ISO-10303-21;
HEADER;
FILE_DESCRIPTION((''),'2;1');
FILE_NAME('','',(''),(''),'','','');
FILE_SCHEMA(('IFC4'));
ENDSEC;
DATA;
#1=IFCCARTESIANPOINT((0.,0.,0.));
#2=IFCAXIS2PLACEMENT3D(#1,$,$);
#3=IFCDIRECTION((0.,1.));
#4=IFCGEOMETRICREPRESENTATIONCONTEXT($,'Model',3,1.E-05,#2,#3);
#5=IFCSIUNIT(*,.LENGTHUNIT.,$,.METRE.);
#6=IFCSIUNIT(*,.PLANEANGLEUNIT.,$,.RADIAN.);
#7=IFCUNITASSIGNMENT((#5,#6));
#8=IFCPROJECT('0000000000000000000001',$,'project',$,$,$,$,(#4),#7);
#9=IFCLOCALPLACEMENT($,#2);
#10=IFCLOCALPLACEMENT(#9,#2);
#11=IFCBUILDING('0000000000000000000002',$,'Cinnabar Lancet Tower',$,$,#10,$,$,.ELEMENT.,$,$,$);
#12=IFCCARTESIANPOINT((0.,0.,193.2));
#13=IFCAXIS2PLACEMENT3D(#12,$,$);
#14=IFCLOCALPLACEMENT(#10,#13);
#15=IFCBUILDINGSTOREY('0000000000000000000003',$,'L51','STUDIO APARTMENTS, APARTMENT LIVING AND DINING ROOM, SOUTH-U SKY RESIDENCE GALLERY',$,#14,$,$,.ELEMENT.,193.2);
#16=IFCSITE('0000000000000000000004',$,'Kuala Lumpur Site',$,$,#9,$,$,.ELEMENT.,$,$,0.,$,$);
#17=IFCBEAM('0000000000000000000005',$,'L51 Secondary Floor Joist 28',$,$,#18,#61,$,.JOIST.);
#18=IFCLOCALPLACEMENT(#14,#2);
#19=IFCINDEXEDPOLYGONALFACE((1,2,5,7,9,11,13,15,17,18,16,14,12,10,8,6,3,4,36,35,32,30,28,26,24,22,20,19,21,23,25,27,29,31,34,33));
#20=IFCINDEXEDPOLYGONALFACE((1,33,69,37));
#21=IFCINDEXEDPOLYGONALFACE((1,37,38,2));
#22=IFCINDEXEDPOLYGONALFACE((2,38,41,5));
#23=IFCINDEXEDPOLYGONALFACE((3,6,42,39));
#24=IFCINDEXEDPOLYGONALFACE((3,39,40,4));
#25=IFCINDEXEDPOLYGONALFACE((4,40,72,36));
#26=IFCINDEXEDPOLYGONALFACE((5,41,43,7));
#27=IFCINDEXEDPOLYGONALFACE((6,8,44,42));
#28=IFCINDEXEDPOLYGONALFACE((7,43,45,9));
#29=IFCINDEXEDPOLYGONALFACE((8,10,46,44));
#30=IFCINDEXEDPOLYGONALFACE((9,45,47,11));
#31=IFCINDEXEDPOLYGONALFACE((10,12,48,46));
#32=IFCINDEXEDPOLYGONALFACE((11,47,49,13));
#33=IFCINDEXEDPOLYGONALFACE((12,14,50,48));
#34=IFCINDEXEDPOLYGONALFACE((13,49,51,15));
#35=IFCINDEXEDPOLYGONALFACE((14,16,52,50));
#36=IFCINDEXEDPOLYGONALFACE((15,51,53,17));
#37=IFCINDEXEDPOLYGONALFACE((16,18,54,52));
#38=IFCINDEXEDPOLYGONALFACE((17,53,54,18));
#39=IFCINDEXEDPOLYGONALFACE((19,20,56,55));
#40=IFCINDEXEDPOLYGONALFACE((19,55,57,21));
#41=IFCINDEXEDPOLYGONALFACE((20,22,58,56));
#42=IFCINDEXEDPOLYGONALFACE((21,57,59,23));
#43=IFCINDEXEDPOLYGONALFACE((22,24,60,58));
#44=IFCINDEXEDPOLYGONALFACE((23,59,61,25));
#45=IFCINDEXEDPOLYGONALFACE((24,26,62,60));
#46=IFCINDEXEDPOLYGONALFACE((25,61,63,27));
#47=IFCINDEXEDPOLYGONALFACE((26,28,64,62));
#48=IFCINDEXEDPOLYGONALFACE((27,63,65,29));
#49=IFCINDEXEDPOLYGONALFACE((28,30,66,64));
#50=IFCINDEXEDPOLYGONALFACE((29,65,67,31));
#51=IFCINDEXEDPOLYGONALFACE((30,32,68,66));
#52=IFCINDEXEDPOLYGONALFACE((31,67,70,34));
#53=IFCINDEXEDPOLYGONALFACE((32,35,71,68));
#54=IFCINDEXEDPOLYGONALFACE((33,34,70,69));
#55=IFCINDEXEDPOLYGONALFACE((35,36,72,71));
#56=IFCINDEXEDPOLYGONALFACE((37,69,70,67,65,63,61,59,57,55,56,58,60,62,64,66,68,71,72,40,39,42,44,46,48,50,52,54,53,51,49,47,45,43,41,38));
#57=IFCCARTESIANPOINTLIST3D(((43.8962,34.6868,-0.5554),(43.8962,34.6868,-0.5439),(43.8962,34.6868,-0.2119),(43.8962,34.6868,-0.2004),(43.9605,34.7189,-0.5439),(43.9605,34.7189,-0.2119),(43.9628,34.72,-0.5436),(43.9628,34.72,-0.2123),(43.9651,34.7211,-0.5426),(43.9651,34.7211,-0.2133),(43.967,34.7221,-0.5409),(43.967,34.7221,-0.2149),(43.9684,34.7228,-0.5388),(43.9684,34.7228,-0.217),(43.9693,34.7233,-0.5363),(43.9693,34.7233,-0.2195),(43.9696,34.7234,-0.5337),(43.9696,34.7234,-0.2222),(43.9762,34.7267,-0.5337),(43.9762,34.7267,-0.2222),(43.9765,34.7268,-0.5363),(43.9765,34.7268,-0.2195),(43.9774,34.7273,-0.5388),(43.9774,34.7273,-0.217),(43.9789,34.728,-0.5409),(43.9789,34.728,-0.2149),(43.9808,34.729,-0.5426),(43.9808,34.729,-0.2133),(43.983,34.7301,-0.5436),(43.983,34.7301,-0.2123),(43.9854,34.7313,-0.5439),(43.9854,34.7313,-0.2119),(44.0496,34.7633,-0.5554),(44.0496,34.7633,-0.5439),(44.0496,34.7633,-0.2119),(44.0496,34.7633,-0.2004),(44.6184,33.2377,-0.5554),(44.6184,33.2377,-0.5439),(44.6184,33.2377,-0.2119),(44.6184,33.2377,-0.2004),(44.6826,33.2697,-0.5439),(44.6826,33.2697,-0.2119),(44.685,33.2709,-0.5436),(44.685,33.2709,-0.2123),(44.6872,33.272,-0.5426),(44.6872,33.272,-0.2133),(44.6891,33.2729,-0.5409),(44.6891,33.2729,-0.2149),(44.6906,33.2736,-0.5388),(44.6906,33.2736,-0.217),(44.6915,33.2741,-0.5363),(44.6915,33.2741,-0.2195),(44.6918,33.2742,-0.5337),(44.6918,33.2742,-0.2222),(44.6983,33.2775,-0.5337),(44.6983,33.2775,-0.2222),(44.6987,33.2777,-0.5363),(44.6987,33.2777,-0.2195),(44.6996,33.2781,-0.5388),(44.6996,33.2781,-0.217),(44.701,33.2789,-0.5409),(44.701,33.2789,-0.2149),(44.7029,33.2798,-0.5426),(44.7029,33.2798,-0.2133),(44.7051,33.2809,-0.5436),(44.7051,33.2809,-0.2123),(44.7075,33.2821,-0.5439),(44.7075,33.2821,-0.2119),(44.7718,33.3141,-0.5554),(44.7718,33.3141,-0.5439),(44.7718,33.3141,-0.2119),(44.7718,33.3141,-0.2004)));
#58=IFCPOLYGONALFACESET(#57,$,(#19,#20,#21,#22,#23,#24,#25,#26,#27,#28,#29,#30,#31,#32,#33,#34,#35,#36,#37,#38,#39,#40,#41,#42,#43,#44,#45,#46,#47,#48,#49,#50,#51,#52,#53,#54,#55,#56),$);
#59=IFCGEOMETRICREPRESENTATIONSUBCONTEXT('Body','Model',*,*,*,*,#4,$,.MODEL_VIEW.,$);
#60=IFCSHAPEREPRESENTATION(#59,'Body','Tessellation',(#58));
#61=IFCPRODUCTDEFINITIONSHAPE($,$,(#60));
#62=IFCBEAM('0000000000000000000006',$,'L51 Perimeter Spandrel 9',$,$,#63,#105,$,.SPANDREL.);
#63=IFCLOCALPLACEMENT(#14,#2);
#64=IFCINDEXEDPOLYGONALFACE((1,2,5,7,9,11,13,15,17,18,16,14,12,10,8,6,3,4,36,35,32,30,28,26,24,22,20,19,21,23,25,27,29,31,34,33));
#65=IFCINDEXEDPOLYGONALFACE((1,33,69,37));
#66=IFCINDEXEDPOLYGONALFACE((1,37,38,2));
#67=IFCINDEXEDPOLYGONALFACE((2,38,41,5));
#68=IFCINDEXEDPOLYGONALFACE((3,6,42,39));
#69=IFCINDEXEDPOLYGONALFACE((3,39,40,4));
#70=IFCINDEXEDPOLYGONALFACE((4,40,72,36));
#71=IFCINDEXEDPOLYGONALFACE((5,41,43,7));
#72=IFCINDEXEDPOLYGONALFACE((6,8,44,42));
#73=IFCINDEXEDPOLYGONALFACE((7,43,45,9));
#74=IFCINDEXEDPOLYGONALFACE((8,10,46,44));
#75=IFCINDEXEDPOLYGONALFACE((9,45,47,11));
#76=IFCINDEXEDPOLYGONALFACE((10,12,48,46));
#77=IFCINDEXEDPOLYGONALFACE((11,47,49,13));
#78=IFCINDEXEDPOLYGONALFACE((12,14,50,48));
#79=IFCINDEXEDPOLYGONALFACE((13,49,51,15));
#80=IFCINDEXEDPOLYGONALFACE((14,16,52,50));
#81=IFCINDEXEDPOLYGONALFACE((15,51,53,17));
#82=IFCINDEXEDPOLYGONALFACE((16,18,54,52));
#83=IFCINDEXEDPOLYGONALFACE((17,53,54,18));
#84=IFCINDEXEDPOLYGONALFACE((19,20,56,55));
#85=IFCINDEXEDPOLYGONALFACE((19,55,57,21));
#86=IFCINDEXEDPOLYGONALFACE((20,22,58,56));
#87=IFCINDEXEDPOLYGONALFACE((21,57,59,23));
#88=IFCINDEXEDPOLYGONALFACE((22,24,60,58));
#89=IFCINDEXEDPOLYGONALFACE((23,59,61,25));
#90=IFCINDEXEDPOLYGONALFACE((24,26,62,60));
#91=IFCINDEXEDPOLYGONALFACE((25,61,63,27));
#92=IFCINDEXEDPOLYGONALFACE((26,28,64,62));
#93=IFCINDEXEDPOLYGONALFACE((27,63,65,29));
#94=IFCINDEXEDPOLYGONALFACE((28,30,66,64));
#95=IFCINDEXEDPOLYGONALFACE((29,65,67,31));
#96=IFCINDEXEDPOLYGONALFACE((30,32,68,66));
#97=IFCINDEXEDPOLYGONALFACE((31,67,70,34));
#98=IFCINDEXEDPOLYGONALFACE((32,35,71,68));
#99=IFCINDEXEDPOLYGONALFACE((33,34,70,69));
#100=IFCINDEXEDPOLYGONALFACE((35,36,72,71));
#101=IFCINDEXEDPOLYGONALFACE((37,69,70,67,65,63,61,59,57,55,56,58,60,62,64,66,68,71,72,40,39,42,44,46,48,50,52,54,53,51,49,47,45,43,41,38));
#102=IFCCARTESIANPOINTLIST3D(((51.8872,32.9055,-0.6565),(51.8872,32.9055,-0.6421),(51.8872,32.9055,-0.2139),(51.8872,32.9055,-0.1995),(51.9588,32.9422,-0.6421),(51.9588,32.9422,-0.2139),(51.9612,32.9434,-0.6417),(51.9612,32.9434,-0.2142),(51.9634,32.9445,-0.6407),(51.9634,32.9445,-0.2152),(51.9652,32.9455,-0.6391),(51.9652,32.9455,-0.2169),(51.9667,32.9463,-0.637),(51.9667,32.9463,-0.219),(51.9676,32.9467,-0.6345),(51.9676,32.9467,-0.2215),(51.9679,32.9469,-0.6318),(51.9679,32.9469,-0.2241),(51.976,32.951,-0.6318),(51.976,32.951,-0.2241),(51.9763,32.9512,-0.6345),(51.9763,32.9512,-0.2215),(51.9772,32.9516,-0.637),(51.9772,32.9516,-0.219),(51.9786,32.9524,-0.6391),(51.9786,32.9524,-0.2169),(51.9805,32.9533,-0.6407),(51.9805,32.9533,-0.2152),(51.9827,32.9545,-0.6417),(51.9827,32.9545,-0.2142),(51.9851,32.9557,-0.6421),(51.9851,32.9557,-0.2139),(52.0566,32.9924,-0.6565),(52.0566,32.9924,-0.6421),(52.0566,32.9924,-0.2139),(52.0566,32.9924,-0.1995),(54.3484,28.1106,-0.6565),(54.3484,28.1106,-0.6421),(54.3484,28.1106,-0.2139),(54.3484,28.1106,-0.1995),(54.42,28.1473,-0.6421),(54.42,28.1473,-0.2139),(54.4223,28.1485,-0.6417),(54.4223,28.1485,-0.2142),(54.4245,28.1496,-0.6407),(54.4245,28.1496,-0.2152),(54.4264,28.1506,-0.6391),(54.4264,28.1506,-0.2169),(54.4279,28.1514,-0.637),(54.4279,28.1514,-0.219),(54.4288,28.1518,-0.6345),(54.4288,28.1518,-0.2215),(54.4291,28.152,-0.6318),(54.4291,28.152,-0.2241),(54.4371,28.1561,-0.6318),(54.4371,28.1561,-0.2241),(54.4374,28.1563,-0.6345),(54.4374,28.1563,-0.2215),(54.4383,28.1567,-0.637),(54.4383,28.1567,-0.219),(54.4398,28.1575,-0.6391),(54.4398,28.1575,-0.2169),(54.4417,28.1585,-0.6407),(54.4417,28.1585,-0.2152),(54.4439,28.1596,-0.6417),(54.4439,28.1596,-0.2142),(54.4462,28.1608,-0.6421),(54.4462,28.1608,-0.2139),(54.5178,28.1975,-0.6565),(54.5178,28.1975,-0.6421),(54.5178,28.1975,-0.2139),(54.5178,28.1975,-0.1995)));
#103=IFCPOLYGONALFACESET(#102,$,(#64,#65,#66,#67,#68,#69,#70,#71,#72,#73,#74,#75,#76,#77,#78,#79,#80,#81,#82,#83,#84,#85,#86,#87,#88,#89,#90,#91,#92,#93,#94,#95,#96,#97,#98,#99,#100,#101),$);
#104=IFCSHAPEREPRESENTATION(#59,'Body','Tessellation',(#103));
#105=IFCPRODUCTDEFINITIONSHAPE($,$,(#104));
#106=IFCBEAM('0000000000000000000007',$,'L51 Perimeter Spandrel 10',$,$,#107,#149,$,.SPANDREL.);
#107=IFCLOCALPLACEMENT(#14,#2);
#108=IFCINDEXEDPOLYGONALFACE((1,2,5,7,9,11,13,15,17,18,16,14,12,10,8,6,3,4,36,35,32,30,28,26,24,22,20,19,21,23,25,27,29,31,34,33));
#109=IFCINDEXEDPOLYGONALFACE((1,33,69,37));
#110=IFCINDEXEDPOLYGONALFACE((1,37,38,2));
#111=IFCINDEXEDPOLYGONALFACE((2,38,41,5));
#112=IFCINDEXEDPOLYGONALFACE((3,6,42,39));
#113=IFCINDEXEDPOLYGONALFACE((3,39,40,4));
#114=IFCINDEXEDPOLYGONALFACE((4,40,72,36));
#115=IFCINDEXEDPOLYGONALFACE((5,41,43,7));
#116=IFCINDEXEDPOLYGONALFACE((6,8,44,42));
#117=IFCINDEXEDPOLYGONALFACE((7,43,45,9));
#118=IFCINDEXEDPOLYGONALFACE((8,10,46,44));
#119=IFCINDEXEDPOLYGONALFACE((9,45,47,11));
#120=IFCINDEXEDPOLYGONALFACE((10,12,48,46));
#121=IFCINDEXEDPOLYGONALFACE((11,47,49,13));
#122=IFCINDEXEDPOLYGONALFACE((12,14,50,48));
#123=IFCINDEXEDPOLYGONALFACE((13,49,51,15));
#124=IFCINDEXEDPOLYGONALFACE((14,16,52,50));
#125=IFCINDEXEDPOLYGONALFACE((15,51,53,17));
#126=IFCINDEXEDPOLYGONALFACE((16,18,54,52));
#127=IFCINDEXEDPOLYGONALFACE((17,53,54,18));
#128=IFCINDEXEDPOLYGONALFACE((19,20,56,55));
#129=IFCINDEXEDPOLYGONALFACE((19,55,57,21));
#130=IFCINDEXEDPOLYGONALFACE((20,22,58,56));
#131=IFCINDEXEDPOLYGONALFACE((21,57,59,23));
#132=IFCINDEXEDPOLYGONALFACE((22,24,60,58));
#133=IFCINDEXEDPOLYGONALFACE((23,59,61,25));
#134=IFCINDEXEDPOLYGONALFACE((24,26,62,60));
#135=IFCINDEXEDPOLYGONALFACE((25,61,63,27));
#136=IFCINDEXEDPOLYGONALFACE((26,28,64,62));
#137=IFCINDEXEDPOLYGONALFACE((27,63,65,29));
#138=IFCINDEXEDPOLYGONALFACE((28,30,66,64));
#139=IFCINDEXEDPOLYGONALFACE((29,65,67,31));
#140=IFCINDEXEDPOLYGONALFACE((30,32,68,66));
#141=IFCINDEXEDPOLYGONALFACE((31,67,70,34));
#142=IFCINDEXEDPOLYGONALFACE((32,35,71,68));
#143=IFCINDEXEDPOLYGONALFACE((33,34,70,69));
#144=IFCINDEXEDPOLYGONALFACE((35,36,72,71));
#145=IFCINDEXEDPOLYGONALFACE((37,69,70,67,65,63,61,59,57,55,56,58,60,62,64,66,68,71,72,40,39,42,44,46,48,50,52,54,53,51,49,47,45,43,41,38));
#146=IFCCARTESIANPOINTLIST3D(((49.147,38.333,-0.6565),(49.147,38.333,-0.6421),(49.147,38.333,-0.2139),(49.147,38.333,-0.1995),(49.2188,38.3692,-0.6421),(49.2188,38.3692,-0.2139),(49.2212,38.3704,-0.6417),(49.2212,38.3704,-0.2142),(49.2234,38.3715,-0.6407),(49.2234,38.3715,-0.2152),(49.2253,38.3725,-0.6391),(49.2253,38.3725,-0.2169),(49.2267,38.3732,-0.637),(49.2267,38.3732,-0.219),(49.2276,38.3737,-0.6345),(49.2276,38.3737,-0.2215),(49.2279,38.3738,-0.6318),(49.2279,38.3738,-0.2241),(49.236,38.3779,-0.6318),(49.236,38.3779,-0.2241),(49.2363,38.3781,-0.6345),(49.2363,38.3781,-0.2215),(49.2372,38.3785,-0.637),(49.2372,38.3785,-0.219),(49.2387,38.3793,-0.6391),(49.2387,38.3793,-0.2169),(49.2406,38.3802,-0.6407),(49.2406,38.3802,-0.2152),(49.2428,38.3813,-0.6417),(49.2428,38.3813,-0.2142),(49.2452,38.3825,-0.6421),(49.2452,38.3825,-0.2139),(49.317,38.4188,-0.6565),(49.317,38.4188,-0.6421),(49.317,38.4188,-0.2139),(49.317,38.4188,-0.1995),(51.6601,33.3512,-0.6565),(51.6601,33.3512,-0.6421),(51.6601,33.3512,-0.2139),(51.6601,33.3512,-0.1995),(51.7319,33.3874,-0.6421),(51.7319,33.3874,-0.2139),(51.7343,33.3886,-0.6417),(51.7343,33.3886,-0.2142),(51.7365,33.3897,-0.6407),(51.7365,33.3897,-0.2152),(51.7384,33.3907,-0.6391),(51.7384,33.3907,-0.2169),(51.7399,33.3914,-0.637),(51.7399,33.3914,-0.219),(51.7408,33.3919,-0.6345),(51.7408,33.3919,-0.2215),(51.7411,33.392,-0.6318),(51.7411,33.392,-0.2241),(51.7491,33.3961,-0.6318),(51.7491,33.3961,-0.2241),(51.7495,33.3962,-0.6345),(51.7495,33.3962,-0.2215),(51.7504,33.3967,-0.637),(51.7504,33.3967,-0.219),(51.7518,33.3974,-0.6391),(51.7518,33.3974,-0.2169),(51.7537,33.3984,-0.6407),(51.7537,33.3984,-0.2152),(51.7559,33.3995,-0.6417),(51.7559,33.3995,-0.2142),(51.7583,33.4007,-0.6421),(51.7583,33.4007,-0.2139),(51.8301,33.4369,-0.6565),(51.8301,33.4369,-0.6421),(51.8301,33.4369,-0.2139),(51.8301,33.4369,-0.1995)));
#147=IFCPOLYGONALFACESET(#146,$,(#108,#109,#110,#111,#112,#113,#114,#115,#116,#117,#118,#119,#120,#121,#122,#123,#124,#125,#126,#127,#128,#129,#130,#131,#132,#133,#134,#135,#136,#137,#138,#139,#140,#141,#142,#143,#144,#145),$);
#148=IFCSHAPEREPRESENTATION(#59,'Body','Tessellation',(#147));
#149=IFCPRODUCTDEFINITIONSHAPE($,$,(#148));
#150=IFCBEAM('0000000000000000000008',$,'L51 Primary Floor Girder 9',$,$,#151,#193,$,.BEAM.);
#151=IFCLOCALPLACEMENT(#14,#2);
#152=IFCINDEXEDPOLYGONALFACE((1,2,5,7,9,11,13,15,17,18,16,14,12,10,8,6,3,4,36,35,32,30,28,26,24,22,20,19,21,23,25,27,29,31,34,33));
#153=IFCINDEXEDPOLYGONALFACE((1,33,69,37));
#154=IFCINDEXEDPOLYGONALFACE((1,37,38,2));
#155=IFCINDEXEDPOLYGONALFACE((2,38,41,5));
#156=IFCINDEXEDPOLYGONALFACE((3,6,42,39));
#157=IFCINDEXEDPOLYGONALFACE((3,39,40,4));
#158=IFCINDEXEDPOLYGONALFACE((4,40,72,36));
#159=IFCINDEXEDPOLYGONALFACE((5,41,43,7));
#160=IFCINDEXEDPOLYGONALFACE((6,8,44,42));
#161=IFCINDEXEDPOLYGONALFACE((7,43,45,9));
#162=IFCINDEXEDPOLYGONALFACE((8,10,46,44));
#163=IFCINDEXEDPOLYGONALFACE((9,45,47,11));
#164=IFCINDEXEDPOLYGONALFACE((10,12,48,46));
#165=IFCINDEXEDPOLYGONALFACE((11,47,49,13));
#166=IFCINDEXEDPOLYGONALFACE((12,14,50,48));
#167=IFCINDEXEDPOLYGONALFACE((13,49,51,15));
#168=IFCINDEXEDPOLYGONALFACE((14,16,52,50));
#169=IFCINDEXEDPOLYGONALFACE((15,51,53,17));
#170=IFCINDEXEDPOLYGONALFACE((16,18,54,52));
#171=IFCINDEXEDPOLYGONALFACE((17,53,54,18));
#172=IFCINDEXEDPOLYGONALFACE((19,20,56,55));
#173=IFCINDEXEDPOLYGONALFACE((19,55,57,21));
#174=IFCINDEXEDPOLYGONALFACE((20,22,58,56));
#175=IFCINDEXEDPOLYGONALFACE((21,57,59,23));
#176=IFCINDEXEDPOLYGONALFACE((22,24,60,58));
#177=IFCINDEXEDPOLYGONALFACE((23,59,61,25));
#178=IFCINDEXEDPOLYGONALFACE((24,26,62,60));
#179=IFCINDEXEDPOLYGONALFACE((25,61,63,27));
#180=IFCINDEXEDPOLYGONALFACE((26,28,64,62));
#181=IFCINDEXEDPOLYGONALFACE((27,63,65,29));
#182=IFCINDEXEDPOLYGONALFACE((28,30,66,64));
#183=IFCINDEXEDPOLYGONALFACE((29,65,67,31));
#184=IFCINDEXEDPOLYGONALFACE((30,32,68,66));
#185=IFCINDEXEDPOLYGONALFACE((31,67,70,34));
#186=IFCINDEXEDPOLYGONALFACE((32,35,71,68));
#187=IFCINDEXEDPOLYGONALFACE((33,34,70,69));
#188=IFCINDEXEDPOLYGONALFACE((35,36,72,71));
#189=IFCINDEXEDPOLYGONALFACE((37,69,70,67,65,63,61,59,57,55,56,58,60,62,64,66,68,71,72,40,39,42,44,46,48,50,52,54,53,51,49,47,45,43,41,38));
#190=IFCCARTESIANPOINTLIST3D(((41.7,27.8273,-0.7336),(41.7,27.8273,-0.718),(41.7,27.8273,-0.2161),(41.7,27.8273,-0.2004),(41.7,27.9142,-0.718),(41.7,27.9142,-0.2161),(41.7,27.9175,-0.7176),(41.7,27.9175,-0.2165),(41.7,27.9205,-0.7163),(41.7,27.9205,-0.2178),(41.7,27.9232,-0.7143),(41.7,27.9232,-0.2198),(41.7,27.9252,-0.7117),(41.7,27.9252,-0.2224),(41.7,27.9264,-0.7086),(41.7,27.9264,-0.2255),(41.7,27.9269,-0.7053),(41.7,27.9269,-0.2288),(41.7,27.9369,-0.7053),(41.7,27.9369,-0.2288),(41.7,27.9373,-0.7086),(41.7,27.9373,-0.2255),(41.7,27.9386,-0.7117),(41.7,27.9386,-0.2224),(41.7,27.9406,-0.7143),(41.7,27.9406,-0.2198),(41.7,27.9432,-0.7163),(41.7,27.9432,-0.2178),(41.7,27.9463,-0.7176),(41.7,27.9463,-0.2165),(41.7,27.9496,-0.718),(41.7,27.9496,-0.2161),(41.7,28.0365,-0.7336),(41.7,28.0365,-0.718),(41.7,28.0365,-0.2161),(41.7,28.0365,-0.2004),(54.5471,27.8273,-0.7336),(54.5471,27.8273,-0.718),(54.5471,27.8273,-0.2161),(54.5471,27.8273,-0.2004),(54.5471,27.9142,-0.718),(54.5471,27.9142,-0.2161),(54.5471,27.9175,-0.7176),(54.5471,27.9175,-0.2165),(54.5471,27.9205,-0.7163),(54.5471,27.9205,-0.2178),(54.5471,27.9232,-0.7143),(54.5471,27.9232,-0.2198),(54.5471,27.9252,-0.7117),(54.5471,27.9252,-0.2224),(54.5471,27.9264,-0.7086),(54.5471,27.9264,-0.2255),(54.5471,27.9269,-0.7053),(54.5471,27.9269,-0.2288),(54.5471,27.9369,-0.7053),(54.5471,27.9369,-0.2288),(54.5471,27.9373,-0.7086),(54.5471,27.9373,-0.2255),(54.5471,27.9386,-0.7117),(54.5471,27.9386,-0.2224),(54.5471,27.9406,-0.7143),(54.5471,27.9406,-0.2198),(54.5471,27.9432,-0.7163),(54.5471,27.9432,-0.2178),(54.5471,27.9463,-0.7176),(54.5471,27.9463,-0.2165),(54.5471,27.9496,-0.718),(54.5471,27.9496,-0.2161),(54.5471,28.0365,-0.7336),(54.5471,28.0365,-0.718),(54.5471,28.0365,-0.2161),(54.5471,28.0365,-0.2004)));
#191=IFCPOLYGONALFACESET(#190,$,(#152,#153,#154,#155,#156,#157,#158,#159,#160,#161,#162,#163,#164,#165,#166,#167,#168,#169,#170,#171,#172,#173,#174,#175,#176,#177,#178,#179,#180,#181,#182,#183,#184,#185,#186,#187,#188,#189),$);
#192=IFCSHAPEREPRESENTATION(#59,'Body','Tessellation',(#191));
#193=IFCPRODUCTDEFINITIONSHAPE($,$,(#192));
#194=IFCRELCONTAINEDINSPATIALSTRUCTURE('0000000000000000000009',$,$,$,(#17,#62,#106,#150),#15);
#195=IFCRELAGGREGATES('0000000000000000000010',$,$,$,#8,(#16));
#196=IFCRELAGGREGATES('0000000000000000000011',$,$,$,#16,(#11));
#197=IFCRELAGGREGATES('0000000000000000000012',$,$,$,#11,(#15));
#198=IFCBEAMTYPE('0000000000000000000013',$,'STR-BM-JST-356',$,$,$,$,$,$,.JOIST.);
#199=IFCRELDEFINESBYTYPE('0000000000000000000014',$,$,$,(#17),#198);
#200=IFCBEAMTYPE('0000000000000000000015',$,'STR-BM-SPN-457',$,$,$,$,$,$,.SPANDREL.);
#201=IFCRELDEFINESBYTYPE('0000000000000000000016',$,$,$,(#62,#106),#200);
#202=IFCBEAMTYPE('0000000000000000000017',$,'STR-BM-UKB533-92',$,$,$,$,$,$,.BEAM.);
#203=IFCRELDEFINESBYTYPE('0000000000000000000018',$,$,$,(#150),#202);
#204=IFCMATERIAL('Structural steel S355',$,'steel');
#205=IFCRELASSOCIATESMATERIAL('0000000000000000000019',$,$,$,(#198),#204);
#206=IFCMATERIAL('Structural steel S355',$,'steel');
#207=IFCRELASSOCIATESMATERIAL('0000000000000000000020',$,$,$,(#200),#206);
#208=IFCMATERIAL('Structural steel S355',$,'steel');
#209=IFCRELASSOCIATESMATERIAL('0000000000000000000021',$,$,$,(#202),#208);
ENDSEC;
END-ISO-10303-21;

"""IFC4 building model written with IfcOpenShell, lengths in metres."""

from ifc_helpers import new_model, si_unit, direction, frame, origin, origin_2d, place, context, subcontext, project, spatial, i_section, extrude, material, material_profile, profile_set, type_object, element, save


model = new_model("IFC4")

# Units and contexts
model_context = context("Model", 3, precision=1e-05, world=origin(), true_north=direction((0.0, 1.0)))
body_context = subcontext(model_context, "Body", "Model", "MODEL_VIEW")
ifc_project = project(units=[si_unit("LENGTHUNIT", "METRE"), si_unit("PLANEANGLEUNIT", "RADIAN")], contexts=[model_context])

# Site, building, storey
site_placement = place(None, origin())
site = spatial("IfcSite", under=ifc_project, at=site_placement, Name="Kuala Lumpur Site", CompositionType="ELEMENT", RefElevation=0.0)
building_placement = place(site_placement, origin())
building = spatial("IfcBuilding", under=site, at=building_placement, Name="Cinnabar Lancet Tower", CompositionType="ELEMENT")
storey_placement = place(building_placement, frame((0.0, 0.0, 193.2)))
storey = spatial("IfcBuildingStorey", under=building, at=storey_placement, Name="L51", Description="STUDIO APARTMENTS, APARTMENT LIVING AND DINING ROOM, SOUTH-U SKY RESIDENCE GALLERY", CompositionType="ELEMENT", Elevation=193.2)

# Beams
ifc_material_1 = material(Name="Structural steel S355", Category="steel")
ifc_material_profile_1 = material_profile(ifc_material_1, i_section(OverallWidth=0.1714, OverallDepth=0.355, WebThickness=0.0073, FlangeThickness=0.0115, FilletRadius=0.0103, at=origin_2d()), Name="UKB 356x171x51")
ifc_profile_set_1 = profile_set([ifc_material_profile_1], Name="Structural steel S355")
beam_type_1 = type_object("IfcBeamType", Name="STR-BM-JST-356", PredefinedType="JOIST", material=ifc_profile_set_1)
beam_1_placement = place(storey_placement, frame((44.6951, 33.2759, -0.3779), z_axis=(-0.446007, 0.895029, 0.0), x_axis=(-0.895029, -0.446007, 0.0)))
element("IfcBeam", 1, at=beam_1_placement, inside=storey, type_object=beam_type_1, Name="L51 Secondary Floor Joist 28", PredefinedType="JOIST", context=body_context, shape_type="SweptSolid", body=[
    extrude(i_section(OverallWidth=0.1714, OverallDepth=0.355, WebThickness=0.0073, FlangeThickness=0.0115, FilletRadius=0.0103, at=origin_2d()), origin(), (0.0, 0.0, 1.0), 1.6191),
])
ifc_material_2 = material(Name="Structural steel S355", Category="steel")
ifc_material_profile_2 = material_profile(ifc_material_2, i_section(OverallWidth=0.1904, OverallDepth=0.457, WebThickness=0.009, FlangeThickness=0.0144, FilletRadius=0.0103, at=origin_2d()), Name="UKB 457x191x74")
ifc_profile_set_2 = profile_set([ifc_material_profile_2], Name="Structural steel S355")
beam_type_2 = type_object("IfcBeamType", Name="STR-BM-SPN-457", PredefinedType="SPANDREL", material=ifc_profile_set_2)
beam_2_placement = place(storey_placement, frame((54.4331, 28.1541, -0.428), z_axis=(-0.456647, 0.889648, 0.0), x_axis=(-0.889648, -0.456647, 0.0)))
element("IfcBeam", 2, at=beam_2_placement, inside=storey, type_object=beam_type_2, Name="L51 Perimeter Spandrel 9", PredefinedType="SPANDREL", context=body_context, shape_type="SweptSolid", body=[
    extrude(i_section(OverallWidth=0.1904, OverallDepth=0.457, WebThickness=0.009, FlangeThickness=0.0144, FilletRadius=0.0103, at=origin_2d()), origin(), (0.0, 0.0, 1.0), 5.3896),
])
beam_3_placement = place(storey_placement, frame((51.7451, 33.394, -0.428), z_axis=(-0.450396, 0.892829, 0.0), x_axis=(-0.892829, -0.450396, 0.0)))
element("IfcBeam", 3, at=beam_3_placement, inside=storey, type_object=beam_type_2, Name="L51 Perimeter Spandrel 10", PredefinedType="SPANDREL", context=body_context, shape_type="SweptSolid", body=[
    extrude(i_section(OverallWidth=0.1904, OverallDepth=0.457, WebThickness=0.009, FlangeThickness=0.0144, FilletRadius=0.0103, at=origin_2d()), origin(), (0.0, 0.0, 1.0), 5.5798),
])
ifc_material_3 = material(Name="Structural steel S355", Category="steel")
ifc_material_profile_3 = material_profile(ifc_material_3, i_section(OverallWidth=0.2092, OverallDepth=0.5332, WebThickness=0.01, FlangeThickness=0.0156, FilletRadius=0.0127, at=origin_2d()), Name="UKB 533x210x92")
ifc_profile_set_3 = profile_set([ifc_material_profile_3], Name="Structural steel S355")
beam_type_3 = type_object("IfcBeamType", Name="STR-BM-UKB533-92", PredefinedType="BEAM", material=ifc_profile_set_3)
beam_4_placement = place(storey_placement, frame((54.5471, 27.9319, -0.467), z_axis=(-1.0, 0.0, 0.0), x_axis=(0.0, -1.0, 0.0)))
element("IfcBeam", 4, at=beam_4_placement, inside=storey, type_object=beam_type_3, Name="L51 Primary Floor Girder 9", PredefinedType="BEAM", context=body_context, shape_type="SweptSolid", body=[
    extrude(i_section(OverallWidth=0.2092, OverallDepth=0.5332, WebThickness=0.01, FlangeThickness=0.0156, FilletRadius=0.0127, at=origin_2d()), origin(), (0.0, 0.0, 1.0), 12.8472),
])

save(model, "model.ifc")
